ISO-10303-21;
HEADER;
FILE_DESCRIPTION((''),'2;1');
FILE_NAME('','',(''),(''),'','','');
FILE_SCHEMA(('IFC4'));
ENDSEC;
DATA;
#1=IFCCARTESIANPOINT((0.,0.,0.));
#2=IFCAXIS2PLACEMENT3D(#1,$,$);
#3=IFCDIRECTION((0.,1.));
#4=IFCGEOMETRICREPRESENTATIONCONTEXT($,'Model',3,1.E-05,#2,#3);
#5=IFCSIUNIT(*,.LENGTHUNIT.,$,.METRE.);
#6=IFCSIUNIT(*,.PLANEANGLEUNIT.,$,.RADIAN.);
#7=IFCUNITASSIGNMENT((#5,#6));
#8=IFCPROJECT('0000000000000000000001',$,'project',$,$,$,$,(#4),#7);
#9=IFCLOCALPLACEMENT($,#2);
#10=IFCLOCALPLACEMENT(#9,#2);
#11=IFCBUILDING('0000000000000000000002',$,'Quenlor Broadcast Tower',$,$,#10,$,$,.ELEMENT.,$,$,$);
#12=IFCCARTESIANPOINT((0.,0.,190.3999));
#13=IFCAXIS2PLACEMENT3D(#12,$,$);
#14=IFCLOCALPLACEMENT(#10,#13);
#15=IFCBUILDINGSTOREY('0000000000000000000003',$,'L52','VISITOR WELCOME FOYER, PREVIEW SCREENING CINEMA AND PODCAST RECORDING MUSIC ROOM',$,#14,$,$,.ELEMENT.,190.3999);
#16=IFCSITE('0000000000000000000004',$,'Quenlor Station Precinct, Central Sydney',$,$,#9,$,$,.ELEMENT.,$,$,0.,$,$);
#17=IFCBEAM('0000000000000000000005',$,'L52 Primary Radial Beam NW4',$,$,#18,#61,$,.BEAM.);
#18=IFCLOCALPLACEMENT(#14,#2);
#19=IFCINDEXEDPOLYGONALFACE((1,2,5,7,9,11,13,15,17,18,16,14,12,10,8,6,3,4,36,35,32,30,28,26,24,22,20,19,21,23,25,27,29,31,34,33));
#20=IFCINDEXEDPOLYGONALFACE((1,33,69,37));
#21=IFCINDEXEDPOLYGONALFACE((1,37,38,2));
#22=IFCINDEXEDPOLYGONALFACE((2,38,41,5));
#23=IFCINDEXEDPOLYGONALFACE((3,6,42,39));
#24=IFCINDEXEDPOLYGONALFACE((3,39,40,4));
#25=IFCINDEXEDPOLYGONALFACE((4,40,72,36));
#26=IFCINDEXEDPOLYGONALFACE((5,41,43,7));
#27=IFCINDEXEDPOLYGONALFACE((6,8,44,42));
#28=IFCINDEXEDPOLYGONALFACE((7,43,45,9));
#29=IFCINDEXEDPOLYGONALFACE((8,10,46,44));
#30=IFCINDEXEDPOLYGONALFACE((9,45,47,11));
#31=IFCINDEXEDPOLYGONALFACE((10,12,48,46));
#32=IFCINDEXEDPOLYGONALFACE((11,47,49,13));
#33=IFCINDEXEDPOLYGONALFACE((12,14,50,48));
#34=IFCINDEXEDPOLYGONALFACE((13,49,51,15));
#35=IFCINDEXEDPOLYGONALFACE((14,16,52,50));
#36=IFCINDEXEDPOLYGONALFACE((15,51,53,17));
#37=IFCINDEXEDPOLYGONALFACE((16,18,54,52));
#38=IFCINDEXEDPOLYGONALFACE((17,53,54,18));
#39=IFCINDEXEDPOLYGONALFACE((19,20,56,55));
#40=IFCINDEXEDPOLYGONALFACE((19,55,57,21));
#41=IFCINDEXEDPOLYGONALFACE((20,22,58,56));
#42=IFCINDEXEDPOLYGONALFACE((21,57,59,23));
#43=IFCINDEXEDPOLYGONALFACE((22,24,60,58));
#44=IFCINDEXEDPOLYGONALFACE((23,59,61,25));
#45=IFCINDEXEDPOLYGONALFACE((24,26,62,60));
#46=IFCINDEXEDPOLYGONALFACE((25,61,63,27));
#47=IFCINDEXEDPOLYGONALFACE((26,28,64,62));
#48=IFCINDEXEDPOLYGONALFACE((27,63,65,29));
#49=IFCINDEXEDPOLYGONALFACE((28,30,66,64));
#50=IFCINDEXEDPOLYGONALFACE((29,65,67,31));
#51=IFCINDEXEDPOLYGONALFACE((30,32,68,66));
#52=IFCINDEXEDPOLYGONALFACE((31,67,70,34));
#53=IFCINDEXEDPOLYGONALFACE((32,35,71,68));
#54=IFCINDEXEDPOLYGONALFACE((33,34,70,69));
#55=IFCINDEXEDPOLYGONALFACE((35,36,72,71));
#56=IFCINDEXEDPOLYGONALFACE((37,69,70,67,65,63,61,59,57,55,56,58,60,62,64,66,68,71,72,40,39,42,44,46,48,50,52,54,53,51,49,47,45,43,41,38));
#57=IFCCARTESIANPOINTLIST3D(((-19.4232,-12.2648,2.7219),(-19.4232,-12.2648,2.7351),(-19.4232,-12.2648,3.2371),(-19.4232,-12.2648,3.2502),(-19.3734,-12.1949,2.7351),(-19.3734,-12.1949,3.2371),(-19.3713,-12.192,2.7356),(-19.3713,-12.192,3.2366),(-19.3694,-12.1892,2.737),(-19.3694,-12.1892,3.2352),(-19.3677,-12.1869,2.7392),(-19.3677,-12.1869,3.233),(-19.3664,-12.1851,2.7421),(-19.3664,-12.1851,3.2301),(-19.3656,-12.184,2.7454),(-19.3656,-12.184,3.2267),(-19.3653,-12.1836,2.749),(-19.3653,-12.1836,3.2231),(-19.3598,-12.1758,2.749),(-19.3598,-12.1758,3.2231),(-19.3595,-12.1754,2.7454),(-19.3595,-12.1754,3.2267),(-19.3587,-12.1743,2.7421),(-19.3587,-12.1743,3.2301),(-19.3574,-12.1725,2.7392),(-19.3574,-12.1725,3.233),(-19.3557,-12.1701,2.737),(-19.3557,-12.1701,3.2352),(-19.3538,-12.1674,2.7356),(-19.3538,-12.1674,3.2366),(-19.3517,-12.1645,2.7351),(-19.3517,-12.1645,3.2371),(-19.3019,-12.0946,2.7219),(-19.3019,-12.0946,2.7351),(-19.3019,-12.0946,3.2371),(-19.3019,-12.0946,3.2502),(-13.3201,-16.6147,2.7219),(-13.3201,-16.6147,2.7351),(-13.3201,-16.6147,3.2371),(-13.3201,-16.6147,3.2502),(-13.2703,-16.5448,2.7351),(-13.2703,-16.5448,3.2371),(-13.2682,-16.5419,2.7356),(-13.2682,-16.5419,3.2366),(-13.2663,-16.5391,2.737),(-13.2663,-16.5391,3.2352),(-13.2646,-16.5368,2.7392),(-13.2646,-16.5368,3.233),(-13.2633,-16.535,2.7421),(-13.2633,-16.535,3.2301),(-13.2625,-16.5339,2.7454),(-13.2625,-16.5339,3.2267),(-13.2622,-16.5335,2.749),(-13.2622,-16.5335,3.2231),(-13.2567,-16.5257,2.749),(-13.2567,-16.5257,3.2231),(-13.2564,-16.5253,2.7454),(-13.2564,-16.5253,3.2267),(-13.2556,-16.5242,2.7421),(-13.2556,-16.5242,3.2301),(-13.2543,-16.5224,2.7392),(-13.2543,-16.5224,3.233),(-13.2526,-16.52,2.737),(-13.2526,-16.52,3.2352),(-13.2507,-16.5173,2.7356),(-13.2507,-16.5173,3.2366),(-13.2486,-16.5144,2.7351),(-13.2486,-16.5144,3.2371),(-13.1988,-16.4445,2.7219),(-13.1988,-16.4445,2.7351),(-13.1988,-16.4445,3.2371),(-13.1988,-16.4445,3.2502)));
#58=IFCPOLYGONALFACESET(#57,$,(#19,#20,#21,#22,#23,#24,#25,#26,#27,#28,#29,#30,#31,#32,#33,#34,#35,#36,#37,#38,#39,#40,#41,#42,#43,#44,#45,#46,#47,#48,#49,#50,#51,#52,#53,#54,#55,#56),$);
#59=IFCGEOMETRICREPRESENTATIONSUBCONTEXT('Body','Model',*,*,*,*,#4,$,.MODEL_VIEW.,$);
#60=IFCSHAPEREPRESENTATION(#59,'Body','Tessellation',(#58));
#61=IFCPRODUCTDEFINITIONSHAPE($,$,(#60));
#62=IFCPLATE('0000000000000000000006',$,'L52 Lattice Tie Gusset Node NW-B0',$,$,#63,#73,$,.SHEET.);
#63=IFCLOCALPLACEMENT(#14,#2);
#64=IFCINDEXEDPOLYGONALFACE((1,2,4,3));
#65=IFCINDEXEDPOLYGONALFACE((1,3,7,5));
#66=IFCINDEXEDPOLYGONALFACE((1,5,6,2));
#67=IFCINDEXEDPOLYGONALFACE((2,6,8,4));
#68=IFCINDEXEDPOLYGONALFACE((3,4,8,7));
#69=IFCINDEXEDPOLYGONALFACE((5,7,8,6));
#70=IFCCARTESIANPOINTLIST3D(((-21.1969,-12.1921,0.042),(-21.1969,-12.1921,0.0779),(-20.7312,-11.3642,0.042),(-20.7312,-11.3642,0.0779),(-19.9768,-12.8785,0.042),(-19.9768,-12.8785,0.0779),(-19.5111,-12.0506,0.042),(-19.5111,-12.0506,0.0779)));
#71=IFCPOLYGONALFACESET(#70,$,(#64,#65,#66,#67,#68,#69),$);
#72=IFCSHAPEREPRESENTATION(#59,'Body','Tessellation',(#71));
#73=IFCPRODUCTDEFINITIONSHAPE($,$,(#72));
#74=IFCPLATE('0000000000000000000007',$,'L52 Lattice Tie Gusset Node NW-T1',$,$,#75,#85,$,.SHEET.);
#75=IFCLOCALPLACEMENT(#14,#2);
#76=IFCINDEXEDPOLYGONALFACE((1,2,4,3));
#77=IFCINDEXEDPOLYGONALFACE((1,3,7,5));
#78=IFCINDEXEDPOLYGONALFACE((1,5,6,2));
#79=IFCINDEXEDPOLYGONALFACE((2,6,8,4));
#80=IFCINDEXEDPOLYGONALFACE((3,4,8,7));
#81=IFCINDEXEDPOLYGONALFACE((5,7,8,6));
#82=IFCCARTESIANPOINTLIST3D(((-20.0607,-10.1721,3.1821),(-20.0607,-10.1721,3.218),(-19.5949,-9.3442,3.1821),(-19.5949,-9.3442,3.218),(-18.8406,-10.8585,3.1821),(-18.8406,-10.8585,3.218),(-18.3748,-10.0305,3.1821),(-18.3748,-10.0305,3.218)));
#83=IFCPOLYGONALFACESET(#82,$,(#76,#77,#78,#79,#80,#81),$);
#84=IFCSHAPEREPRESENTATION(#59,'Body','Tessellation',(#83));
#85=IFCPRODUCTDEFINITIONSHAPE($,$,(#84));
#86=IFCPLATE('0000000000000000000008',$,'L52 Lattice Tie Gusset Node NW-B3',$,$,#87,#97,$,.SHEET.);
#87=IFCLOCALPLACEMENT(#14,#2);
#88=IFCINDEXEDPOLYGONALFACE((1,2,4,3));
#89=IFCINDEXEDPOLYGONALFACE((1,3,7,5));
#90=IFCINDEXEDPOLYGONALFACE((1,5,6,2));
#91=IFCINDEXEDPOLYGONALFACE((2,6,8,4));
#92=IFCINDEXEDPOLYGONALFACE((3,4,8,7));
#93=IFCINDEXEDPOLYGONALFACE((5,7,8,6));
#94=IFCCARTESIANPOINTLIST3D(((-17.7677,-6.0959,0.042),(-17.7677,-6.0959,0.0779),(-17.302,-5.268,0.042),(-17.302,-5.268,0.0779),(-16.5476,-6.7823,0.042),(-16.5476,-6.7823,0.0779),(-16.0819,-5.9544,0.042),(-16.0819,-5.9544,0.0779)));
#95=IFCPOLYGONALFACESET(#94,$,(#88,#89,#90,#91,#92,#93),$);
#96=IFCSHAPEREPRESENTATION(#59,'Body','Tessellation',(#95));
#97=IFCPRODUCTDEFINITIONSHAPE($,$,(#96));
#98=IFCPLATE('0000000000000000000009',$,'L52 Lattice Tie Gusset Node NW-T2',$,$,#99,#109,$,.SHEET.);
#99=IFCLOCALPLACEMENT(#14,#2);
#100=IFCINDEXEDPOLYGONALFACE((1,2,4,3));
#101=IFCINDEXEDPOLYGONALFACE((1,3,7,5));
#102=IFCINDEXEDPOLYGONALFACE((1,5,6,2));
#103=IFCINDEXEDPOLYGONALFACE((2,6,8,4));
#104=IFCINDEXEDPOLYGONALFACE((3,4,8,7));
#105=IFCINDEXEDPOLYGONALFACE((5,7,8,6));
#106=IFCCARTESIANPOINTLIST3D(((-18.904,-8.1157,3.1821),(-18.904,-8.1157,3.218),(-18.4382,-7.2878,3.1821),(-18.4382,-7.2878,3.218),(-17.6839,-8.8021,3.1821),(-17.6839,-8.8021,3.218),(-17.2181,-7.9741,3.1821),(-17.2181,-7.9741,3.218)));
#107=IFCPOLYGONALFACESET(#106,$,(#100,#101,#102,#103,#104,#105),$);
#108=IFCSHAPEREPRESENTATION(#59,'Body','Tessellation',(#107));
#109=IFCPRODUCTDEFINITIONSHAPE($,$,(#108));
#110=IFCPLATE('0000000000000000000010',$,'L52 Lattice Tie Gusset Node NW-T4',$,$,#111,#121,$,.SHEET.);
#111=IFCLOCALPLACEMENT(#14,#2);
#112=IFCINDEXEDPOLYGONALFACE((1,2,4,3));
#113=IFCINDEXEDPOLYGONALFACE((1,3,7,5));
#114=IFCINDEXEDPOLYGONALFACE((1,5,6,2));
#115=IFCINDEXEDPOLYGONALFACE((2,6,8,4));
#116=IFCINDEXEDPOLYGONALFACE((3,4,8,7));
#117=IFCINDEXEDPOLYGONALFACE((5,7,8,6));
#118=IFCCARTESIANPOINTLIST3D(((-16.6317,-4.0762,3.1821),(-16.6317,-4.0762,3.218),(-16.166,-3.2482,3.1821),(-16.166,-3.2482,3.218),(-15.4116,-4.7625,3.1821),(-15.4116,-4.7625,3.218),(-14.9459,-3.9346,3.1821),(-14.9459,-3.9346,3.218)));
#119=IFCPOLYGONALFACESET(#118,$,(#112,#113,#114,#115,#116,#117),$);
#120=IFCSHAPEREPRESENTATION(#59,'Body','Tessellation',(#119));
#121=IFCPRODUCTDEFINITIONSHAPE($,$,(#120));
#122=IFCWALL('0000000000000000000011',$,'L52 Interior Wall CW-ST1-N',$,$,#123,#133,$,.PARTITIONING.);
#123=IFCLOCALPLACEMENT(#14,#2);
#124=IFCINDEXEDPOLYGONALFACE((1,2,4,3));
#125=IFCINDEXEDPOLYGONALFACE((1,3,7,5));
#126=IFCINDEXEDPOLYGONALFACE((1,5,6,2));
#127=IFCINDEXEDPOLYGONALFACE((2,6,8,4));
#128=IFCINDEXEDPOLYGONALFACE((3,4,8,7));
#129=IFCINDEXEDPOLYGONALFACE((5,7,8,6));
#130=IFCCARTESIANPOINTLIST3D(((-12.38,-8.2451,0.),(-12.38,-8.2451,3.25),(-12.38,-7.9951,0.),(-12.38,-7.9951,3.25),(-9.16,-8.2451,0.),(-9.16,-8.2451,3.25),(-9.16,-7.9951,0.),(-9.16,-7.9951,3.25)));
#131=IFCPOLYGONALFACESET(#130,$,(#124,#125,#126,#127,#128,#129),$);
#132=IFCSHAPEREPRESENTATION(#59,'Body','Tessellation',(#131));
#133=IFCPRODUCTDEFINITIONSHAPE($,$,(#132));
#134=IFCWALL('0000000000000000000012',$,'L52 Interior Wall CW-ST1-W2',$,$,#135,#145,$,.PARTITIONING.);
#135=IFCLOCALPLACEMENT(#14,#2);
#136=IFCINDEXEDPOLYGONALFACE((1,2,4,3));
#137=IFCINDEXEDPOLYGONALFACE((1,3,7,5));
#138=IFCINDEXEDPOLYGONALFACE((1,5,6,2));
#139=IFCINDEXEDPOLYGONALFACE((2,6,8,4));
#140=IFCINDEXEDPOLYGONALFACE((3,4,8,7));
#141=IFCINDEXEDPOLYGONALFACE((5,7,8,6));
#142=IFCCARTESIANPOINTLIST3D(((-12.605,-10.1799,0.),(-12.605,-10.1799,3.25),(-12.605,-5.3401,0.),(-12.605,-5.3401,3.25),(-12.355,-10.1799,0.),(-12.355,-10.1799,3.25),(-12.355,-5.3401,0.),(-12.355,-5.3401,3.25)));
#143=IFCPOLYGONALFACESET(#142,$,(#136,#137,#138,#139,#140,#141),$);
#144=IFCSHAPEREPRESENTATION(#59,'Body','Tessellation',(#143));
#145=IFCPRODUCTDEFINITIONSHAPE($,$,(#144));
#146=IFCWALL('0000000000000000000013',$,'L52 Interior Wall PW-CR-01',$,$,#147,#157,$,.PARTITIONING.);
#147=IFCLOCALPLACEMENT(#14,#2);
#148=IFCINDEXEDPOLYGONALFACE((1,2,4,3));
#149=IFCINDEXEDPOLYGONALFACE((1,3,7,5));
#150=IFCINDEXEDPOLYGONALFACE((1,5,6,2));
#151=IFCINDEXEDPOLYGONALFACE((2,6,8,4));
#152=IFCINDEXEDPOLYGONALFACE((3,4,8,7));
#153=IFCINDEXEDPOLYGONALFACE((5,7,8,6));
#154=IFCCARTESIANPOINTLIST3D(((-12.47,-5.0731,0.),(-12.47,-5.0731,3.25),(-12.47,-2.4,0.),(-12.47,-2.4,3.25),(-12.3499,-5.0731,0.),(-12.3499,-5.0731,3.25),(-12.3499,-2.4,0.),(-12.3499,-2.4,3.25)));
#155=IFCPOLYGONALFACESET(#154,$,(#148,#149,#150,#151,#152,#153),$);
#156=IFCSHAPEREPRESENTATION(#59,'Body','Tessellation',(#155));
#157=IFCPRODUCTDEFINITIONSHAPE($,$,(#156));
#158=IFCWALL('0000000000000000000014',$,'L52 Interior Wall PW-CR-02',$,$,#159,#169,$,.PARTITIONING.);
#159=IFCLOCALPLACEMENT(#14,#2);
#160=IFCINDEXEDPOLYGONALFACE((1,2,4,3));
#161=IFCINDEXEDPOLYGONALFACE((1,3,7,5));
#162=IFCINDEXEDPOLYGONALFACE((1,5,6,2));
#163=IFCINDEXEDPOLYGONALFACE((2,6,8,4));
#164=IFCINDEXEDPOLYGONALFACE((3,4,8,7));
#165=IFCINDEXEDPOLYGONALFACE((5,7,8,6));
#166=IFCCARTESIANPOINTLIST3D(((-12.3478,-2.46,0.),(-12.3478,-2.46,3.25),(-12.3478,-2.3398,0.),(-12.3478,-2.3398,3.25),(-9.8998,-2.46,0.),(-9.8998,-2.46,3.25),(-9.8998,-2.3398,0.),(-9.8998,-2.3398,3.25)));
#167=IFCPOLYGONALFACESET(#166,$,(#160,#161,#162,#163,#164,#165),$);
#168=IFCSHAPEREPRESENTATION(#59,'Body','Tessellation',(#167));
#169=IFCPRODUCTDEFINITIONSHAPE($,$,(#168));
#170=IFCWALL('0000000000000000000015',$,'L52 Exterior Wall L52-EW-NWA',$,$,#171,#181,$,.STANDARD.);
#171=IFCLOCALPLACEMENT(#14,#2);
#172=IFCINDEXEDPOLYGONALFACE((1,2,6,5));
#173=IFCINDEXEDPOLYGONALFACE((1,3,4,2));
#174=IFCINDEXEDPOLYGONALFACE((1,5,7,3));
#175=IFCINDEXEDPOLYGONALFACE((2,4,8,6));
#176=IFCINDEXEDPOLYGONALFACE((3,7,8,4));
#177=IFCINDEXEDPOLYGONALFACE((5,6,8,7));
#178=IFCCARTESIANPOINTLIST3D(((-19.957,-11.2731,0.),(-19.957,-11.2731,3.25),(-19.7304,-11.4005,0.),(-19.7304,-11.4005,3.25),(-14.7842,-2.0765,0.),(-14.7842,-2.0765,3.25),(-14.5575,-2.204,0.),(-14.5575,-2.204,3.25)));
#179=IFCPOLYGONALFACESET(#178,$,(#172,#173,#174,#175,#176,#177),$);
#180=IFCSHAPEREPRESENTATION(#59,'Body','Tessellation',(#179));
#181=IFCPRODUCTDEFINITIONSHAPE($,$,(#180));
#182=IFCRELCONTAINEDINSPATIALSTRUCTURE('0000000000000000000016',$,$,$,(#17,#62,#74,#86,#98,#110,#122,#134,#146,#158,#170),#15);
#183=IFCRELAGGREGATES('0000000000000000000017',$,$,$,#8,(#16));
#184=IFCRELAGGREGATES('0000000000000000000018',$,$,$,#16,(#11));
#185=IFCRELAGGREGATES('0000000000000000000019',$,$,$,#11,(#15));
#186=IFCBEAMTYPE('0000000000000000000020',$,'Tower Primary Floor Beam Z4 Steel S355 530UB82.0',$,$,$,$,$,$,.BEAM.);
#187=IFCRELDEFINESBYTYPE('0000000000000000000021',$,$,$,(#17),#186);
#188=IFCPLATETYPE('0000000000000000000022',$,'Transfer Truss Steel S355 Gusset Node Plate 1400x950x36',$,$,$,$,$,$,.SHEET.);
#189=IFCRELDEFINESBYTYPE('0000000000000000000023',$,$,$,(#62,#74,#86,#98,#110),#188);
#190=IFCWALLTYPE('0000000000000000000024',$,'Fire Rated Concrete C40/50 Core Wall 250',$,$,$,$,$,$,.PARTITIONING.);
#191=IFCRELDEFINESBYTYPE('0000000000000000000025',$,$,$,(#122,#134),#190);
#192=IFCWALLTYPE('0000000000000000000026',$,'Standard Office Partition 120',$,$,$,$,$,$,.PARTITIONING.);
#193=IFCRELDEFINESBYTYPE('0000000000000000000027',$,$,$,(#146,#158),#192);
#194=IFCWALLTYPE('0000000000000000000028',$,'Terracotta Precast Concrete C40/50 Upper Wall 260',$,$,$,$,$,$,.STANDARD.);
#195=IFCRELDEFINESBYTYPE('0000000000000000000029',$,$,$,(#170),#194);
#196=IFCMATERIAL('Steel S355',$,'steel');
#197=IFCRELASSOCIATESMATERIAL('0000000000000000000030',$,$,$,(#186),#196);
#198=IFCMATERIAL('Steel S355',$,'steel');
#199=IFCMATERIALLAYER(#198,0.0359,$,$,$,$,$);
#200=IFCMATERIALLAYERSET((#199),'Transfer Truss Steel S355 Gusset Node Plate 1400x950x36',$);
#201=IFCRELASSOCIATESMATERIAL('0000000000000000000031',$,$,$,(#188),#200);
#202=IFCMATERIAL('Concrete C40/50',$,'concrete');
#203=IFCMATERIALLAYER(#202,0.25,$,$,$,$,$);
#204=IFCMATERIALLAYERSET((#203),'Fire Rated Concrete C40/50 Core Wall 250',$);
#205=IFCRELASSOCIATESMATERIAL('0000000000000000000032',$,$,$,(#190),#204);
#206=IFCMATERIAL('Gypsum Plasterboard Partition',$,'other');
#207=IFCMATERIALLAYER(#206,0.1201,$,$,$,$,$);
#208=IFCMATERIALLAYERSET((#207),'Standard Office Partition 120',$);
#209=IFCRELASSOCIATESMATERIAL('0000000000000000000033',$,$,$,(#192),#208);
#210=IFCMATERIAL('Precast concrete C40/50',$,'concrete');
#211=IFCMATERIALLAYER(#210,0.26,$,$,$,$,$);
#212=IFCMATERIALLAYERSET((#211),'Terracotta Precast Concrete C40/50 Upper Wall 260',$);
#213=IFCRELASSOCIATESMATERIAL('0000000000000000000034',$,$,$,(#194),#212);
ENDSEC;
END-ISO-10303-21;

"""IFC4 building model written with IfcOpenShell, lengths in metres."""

from ifc_helpers import new_model, si_unit, direction, frame, frame_2d, origin, origin_2d, place, context, subcontext, project, spatial, rectangle, i_section, extrude, material, layer, layer_set, material_profile, profile_set, type_object, element, save


model = new_model("IFC4")

# Units and contexts
model_context = context("Model", 3, precision=1e-05, world=origin(), true_north=direction((0.0, 1.0)))
body_context = subcontext(model_context, "Body", "Model", "MODEL_VIEW")
ifc_project = project(units=[si_unit("LENGTHUNIT", "METRE"), si_unit("PLANEANGLEUNIT", "RADIAN")], contexts=[model_context])

# Site, building, storey
site_placement = place(None, origin())
site = spatial("IfcSite", under=ifc_project, at=site_placement, Name="Quenlor Station Precinct, Central Sydney", CompositionType="ELEMENT", RefElevation=0.0)
building_placement = place(site_placement, origin())
building = spatial("IfcBuilding", under=site, at=building_placement, Name="Quenlor Broadcast Tower", CompositionType="ELEMENT")
storey_placement = place(building_placement, frame((0.0, 0.0, 190.3999)))
storey = spatial("IfcBuildingStorey", under=building, at=storey_placement, Name="L52", Description="VISITOR WELCOME FOYER, PREVIEW SCREENING CINEMA AND PODCAST RECORDING MUSIC ROOM", CompositionType="ELEMENT", Elevation=190.3999)

# Beam
ifc_material_1 = material(Name="Steel S355", Category="steel")
ifc_material_profile_1 = material_profile(ifc_material_1, i_section(OverallWidth=0.209, OverallDepth=0.5283, WebThickness=0.0095, FlangeThickness=0.0132, FilletRadius=0.0139, at=origin_2d()))
ifc_profile_set_1 = profile_set([ifc_material_profile_1], Name="Steel S355 530UB82.0")
beam_type_1 = type_object("IfcBeamType", Name="Tower Primary Floor Beam Z4 Steel S355 530UB82.0", PredefinedType="BEAM", material=ifc_profile_set_1)
beam_1_placement = place(storey_placement, frame((-19.3625, -12.1797, 2.9861), z_axis=(0.81433, -0.580403, 0.0), x_axis=(0.580403, 0.81433, 0.0)))
element("IfcBeam", 1, at=beam_1_placement, inside=storey, type_object=beam_type_1, Name="L52 Primary Radial Beam NW4", PredefinedType="BEAM", context=body_context, shape_type="SweptSolid", body=[
    extrude(i_section(OverallWidth=0.209, OverallDepth=0.5283, WebThickness=0.0095, FlangeThickness=0.0132, FilletRadius=0.0139, at=origin_2d()), origin(), (0.0, 0.0, 1.0), 7.4946),
])

# Plates
ifc_material_2 = material(Name="Steel S355", Category="steel")
ifc_layer_1 = layer(ifc_material_2, 0.0359)
ifc_layer_set_1 = layer_set([ifc_layer_1], Name="Transfer Truss Steel S355 Gusset Node Plate 1400x950x36")
plate_type = type_object("IfcPlateType", Name="Transfer Truss Steel S355 Gusset Node Plate 1400x950x36", PredefinedType="SHEET", material=ifc_layer_set_1)
for number, where, z_axis, x_axis, name in (
    (2, (-20.354, -12.1213, 0.042), (0.0, 0.0, 1.0), (-0.871556, 0.490295, 0.0), "L52 Lattice Tie Gusset Node NW-B0"),
    (3, (-19.2178, -10.1013, 3.1821), (0.0, 0.0, 1.0), (-0.871556, 0.490295, 0.0), "L52 Lattice Tie Gusset Node NW-T1"),
    (4, (-16.9248, -6.0251, 0.042), (0.0, 0.0, 1.0), (-0.871556, 0.490295, 0.0), "L52 Lattice Tie Gusset Node NW-B3"),
    (5, (-18.061, -8.0449, 3.1821), (0.0, 0.0, 1.0), (-0.871556, 0.490295, 0.0), "L52 Lattice Tie Gusset Node NW-T2"),
    (6, (-15.7888, -4.0054, 3.1821), (0.0, 0.0, 1.0), (-0.871556, 0.490295, 0.0), "L52 Lattice Tie Gusset Node NW-T4"),
):
    element("IfcPlate", number, at=place(storey_placement, frame(where, z_axis=z_axis, x_axis=x_axis)), inside=storey, type_object=plate_type, Name=name, PredefinedType="SHEET", context=body_context, shape_type="SweptSolid", body=[
        extrude(rectangle(XDim=1.3999, YDim=0.95, at=origin_2d()), origin(), (0.0, 0.0, 1.0), 0.0359),
    ])

# Walls
ifc_material_3 = material(Name="Concrete C40/50", Category="concrete")
ifc_layer_2 = layer(ifc_material_3, 0.25)
ifc_layer_set_2 = layer_set([ifc_layer_2], Name="Fire Rated Concrete C40/50 Core Wall 250")
wall_type_1 = type_object("IfcWallType", Name="Fire Rated Concrete C40/50 Core Wall 250", PredefinedType="PARTITIONING", material=ifc_layer_set_2)
wall_1_placement = place(storey_placement, frame((-12.3799, -8.1201, 0.0), z_axis=(0.0, 0.0, 1.0), x_axis=(1.0, 0.0, 0.0)))
element("IfcWall", 7, at=wall_1_placement, inside=storey, type_object=wall_type_1, Name="L52 Interior Wall CW-ST1-N", PredefinedType="PARTITIONING", context=body_context, shape_type="SweptSolid", body=[
    extrude(rectangle(XDim=3.22, YDim=0.25, at=frame_2d((1.6099, 0.0))), origin(), (0.0, 0.0, 1.0), 3.25),
])
wall_2_placement = place(storey_placement, frame((-12.48, -10.1799, 0.0), z_axis=(0.0, 0.0, 1.0), x_axis=(0.0, 1.0, 0.0)))
element("IfcWall", 8, at=wall_2_placement, inside=storey, type_object=wall_type_1, Name="L52 Interior Wall CW-ST1-W2", PredefinedType="PARTITIONING", context=body_context, shape_type="SweptSolid", body=[
    extrude(rectangle(XDim=4.8398, YDim=0.25, at=frame_2d((2.4199, 0.0))), origin(), (0.0, 0.0, 1.0), 3.25),
])

# Walls
ifc_material_4 = material(Name="Gypsum Plasterboard Partition", Category="other")
ifc_layer_3 = layer(ifc_material_4, 0.1201)
ifc_layer_set_3 = layer_set([ifc_layer_3], Name="Standard Office Partition 120")
wall_type_2 = type_object("IfcWallType", Name="Standard Office Partition 120", PredefinedType="PARTITIONING", material=ifc_layer_set_3)
wall_3_placement = place(storey_placement, frame((-12.4099, -5.073, 0.0), z_axis=(0.0, 0.0, 1.0), x_axis=(0.0, 1.0, 0.0)))
element("IfcWall", 9, at=wall_3_placement, inside=storey, type_object=wall_type_2, Name="L52 Interior Wall PW-CR-01", PredefinedType="PARTITIONING", context=body_context, shape_type="SweptSolid", body=[
    extrude(rectangle(XDim=2.6731, YDim=0.1201, at=frame_2d((1.3364, 0.0))), origin(), (0.0, 0.0, 1.0), 3.25),
])
wall_4_placement = place(storey_placement, frame((-12.3479, -2.3999, 0.0), z_axis=(0.0, 0.0, 1.0), x_axis=(1.0, 0.0, 0.0)))
element("IfcWall", 10, at=wall_4_placement, inside=storey, type_object=wall_type_2, Name="L52 Interior Wall PW-CR-02", PredefinedType="PARTITIONING", context=body_context, shape_type="SweptSolid", body=[
    extrude(rectangle(XDim=2.448, YDim=0.1201, at=frame_2d((1.2241, 0.0))), origin(), (0.0, 0.0, 1.0), 3.25),
])
ifc_material_5 = material(Name="Precast concrete C40/50", Category="concrete")
ifc_layer_4 = layer(ifc_material_5, 0.26)
ifc_layer_set_4 = layer_set([ifc_layer_4], Name="Terracotta Precast Concrete C40/50 Upper Wall 260")
wall_type_3 = type_object("IfcWallType", Name="Terracotta Precast Concrete C40/50 Upper Wall 260", PredefinedType="STANDARD", material=ifc_layer_set_4)
wall_5_placement = place(storey_placement, frame((-19.8438, -11.3369, 0.0), z_axis=(0.0, 0.0, 1.0), x_axis=(0.490247, 0.871584, 0.0)))
element("IfcWall", 11, at=wall_5_placement, inside=storey, type_object=wall_type_3, Name="L52 Exterior Wall L52-EW-NWA", PredefinedType="STANDARD", context=body_context, shape_type="SweptSolid", body=[
    extrude(rectangle(XDim=10.5515, YDim=0.26, at=frame_2d((5.2759, 0.0))), origin(), (0.0, 0.0, 1.0), 3.25),
])

save(model, "model.ifc")
